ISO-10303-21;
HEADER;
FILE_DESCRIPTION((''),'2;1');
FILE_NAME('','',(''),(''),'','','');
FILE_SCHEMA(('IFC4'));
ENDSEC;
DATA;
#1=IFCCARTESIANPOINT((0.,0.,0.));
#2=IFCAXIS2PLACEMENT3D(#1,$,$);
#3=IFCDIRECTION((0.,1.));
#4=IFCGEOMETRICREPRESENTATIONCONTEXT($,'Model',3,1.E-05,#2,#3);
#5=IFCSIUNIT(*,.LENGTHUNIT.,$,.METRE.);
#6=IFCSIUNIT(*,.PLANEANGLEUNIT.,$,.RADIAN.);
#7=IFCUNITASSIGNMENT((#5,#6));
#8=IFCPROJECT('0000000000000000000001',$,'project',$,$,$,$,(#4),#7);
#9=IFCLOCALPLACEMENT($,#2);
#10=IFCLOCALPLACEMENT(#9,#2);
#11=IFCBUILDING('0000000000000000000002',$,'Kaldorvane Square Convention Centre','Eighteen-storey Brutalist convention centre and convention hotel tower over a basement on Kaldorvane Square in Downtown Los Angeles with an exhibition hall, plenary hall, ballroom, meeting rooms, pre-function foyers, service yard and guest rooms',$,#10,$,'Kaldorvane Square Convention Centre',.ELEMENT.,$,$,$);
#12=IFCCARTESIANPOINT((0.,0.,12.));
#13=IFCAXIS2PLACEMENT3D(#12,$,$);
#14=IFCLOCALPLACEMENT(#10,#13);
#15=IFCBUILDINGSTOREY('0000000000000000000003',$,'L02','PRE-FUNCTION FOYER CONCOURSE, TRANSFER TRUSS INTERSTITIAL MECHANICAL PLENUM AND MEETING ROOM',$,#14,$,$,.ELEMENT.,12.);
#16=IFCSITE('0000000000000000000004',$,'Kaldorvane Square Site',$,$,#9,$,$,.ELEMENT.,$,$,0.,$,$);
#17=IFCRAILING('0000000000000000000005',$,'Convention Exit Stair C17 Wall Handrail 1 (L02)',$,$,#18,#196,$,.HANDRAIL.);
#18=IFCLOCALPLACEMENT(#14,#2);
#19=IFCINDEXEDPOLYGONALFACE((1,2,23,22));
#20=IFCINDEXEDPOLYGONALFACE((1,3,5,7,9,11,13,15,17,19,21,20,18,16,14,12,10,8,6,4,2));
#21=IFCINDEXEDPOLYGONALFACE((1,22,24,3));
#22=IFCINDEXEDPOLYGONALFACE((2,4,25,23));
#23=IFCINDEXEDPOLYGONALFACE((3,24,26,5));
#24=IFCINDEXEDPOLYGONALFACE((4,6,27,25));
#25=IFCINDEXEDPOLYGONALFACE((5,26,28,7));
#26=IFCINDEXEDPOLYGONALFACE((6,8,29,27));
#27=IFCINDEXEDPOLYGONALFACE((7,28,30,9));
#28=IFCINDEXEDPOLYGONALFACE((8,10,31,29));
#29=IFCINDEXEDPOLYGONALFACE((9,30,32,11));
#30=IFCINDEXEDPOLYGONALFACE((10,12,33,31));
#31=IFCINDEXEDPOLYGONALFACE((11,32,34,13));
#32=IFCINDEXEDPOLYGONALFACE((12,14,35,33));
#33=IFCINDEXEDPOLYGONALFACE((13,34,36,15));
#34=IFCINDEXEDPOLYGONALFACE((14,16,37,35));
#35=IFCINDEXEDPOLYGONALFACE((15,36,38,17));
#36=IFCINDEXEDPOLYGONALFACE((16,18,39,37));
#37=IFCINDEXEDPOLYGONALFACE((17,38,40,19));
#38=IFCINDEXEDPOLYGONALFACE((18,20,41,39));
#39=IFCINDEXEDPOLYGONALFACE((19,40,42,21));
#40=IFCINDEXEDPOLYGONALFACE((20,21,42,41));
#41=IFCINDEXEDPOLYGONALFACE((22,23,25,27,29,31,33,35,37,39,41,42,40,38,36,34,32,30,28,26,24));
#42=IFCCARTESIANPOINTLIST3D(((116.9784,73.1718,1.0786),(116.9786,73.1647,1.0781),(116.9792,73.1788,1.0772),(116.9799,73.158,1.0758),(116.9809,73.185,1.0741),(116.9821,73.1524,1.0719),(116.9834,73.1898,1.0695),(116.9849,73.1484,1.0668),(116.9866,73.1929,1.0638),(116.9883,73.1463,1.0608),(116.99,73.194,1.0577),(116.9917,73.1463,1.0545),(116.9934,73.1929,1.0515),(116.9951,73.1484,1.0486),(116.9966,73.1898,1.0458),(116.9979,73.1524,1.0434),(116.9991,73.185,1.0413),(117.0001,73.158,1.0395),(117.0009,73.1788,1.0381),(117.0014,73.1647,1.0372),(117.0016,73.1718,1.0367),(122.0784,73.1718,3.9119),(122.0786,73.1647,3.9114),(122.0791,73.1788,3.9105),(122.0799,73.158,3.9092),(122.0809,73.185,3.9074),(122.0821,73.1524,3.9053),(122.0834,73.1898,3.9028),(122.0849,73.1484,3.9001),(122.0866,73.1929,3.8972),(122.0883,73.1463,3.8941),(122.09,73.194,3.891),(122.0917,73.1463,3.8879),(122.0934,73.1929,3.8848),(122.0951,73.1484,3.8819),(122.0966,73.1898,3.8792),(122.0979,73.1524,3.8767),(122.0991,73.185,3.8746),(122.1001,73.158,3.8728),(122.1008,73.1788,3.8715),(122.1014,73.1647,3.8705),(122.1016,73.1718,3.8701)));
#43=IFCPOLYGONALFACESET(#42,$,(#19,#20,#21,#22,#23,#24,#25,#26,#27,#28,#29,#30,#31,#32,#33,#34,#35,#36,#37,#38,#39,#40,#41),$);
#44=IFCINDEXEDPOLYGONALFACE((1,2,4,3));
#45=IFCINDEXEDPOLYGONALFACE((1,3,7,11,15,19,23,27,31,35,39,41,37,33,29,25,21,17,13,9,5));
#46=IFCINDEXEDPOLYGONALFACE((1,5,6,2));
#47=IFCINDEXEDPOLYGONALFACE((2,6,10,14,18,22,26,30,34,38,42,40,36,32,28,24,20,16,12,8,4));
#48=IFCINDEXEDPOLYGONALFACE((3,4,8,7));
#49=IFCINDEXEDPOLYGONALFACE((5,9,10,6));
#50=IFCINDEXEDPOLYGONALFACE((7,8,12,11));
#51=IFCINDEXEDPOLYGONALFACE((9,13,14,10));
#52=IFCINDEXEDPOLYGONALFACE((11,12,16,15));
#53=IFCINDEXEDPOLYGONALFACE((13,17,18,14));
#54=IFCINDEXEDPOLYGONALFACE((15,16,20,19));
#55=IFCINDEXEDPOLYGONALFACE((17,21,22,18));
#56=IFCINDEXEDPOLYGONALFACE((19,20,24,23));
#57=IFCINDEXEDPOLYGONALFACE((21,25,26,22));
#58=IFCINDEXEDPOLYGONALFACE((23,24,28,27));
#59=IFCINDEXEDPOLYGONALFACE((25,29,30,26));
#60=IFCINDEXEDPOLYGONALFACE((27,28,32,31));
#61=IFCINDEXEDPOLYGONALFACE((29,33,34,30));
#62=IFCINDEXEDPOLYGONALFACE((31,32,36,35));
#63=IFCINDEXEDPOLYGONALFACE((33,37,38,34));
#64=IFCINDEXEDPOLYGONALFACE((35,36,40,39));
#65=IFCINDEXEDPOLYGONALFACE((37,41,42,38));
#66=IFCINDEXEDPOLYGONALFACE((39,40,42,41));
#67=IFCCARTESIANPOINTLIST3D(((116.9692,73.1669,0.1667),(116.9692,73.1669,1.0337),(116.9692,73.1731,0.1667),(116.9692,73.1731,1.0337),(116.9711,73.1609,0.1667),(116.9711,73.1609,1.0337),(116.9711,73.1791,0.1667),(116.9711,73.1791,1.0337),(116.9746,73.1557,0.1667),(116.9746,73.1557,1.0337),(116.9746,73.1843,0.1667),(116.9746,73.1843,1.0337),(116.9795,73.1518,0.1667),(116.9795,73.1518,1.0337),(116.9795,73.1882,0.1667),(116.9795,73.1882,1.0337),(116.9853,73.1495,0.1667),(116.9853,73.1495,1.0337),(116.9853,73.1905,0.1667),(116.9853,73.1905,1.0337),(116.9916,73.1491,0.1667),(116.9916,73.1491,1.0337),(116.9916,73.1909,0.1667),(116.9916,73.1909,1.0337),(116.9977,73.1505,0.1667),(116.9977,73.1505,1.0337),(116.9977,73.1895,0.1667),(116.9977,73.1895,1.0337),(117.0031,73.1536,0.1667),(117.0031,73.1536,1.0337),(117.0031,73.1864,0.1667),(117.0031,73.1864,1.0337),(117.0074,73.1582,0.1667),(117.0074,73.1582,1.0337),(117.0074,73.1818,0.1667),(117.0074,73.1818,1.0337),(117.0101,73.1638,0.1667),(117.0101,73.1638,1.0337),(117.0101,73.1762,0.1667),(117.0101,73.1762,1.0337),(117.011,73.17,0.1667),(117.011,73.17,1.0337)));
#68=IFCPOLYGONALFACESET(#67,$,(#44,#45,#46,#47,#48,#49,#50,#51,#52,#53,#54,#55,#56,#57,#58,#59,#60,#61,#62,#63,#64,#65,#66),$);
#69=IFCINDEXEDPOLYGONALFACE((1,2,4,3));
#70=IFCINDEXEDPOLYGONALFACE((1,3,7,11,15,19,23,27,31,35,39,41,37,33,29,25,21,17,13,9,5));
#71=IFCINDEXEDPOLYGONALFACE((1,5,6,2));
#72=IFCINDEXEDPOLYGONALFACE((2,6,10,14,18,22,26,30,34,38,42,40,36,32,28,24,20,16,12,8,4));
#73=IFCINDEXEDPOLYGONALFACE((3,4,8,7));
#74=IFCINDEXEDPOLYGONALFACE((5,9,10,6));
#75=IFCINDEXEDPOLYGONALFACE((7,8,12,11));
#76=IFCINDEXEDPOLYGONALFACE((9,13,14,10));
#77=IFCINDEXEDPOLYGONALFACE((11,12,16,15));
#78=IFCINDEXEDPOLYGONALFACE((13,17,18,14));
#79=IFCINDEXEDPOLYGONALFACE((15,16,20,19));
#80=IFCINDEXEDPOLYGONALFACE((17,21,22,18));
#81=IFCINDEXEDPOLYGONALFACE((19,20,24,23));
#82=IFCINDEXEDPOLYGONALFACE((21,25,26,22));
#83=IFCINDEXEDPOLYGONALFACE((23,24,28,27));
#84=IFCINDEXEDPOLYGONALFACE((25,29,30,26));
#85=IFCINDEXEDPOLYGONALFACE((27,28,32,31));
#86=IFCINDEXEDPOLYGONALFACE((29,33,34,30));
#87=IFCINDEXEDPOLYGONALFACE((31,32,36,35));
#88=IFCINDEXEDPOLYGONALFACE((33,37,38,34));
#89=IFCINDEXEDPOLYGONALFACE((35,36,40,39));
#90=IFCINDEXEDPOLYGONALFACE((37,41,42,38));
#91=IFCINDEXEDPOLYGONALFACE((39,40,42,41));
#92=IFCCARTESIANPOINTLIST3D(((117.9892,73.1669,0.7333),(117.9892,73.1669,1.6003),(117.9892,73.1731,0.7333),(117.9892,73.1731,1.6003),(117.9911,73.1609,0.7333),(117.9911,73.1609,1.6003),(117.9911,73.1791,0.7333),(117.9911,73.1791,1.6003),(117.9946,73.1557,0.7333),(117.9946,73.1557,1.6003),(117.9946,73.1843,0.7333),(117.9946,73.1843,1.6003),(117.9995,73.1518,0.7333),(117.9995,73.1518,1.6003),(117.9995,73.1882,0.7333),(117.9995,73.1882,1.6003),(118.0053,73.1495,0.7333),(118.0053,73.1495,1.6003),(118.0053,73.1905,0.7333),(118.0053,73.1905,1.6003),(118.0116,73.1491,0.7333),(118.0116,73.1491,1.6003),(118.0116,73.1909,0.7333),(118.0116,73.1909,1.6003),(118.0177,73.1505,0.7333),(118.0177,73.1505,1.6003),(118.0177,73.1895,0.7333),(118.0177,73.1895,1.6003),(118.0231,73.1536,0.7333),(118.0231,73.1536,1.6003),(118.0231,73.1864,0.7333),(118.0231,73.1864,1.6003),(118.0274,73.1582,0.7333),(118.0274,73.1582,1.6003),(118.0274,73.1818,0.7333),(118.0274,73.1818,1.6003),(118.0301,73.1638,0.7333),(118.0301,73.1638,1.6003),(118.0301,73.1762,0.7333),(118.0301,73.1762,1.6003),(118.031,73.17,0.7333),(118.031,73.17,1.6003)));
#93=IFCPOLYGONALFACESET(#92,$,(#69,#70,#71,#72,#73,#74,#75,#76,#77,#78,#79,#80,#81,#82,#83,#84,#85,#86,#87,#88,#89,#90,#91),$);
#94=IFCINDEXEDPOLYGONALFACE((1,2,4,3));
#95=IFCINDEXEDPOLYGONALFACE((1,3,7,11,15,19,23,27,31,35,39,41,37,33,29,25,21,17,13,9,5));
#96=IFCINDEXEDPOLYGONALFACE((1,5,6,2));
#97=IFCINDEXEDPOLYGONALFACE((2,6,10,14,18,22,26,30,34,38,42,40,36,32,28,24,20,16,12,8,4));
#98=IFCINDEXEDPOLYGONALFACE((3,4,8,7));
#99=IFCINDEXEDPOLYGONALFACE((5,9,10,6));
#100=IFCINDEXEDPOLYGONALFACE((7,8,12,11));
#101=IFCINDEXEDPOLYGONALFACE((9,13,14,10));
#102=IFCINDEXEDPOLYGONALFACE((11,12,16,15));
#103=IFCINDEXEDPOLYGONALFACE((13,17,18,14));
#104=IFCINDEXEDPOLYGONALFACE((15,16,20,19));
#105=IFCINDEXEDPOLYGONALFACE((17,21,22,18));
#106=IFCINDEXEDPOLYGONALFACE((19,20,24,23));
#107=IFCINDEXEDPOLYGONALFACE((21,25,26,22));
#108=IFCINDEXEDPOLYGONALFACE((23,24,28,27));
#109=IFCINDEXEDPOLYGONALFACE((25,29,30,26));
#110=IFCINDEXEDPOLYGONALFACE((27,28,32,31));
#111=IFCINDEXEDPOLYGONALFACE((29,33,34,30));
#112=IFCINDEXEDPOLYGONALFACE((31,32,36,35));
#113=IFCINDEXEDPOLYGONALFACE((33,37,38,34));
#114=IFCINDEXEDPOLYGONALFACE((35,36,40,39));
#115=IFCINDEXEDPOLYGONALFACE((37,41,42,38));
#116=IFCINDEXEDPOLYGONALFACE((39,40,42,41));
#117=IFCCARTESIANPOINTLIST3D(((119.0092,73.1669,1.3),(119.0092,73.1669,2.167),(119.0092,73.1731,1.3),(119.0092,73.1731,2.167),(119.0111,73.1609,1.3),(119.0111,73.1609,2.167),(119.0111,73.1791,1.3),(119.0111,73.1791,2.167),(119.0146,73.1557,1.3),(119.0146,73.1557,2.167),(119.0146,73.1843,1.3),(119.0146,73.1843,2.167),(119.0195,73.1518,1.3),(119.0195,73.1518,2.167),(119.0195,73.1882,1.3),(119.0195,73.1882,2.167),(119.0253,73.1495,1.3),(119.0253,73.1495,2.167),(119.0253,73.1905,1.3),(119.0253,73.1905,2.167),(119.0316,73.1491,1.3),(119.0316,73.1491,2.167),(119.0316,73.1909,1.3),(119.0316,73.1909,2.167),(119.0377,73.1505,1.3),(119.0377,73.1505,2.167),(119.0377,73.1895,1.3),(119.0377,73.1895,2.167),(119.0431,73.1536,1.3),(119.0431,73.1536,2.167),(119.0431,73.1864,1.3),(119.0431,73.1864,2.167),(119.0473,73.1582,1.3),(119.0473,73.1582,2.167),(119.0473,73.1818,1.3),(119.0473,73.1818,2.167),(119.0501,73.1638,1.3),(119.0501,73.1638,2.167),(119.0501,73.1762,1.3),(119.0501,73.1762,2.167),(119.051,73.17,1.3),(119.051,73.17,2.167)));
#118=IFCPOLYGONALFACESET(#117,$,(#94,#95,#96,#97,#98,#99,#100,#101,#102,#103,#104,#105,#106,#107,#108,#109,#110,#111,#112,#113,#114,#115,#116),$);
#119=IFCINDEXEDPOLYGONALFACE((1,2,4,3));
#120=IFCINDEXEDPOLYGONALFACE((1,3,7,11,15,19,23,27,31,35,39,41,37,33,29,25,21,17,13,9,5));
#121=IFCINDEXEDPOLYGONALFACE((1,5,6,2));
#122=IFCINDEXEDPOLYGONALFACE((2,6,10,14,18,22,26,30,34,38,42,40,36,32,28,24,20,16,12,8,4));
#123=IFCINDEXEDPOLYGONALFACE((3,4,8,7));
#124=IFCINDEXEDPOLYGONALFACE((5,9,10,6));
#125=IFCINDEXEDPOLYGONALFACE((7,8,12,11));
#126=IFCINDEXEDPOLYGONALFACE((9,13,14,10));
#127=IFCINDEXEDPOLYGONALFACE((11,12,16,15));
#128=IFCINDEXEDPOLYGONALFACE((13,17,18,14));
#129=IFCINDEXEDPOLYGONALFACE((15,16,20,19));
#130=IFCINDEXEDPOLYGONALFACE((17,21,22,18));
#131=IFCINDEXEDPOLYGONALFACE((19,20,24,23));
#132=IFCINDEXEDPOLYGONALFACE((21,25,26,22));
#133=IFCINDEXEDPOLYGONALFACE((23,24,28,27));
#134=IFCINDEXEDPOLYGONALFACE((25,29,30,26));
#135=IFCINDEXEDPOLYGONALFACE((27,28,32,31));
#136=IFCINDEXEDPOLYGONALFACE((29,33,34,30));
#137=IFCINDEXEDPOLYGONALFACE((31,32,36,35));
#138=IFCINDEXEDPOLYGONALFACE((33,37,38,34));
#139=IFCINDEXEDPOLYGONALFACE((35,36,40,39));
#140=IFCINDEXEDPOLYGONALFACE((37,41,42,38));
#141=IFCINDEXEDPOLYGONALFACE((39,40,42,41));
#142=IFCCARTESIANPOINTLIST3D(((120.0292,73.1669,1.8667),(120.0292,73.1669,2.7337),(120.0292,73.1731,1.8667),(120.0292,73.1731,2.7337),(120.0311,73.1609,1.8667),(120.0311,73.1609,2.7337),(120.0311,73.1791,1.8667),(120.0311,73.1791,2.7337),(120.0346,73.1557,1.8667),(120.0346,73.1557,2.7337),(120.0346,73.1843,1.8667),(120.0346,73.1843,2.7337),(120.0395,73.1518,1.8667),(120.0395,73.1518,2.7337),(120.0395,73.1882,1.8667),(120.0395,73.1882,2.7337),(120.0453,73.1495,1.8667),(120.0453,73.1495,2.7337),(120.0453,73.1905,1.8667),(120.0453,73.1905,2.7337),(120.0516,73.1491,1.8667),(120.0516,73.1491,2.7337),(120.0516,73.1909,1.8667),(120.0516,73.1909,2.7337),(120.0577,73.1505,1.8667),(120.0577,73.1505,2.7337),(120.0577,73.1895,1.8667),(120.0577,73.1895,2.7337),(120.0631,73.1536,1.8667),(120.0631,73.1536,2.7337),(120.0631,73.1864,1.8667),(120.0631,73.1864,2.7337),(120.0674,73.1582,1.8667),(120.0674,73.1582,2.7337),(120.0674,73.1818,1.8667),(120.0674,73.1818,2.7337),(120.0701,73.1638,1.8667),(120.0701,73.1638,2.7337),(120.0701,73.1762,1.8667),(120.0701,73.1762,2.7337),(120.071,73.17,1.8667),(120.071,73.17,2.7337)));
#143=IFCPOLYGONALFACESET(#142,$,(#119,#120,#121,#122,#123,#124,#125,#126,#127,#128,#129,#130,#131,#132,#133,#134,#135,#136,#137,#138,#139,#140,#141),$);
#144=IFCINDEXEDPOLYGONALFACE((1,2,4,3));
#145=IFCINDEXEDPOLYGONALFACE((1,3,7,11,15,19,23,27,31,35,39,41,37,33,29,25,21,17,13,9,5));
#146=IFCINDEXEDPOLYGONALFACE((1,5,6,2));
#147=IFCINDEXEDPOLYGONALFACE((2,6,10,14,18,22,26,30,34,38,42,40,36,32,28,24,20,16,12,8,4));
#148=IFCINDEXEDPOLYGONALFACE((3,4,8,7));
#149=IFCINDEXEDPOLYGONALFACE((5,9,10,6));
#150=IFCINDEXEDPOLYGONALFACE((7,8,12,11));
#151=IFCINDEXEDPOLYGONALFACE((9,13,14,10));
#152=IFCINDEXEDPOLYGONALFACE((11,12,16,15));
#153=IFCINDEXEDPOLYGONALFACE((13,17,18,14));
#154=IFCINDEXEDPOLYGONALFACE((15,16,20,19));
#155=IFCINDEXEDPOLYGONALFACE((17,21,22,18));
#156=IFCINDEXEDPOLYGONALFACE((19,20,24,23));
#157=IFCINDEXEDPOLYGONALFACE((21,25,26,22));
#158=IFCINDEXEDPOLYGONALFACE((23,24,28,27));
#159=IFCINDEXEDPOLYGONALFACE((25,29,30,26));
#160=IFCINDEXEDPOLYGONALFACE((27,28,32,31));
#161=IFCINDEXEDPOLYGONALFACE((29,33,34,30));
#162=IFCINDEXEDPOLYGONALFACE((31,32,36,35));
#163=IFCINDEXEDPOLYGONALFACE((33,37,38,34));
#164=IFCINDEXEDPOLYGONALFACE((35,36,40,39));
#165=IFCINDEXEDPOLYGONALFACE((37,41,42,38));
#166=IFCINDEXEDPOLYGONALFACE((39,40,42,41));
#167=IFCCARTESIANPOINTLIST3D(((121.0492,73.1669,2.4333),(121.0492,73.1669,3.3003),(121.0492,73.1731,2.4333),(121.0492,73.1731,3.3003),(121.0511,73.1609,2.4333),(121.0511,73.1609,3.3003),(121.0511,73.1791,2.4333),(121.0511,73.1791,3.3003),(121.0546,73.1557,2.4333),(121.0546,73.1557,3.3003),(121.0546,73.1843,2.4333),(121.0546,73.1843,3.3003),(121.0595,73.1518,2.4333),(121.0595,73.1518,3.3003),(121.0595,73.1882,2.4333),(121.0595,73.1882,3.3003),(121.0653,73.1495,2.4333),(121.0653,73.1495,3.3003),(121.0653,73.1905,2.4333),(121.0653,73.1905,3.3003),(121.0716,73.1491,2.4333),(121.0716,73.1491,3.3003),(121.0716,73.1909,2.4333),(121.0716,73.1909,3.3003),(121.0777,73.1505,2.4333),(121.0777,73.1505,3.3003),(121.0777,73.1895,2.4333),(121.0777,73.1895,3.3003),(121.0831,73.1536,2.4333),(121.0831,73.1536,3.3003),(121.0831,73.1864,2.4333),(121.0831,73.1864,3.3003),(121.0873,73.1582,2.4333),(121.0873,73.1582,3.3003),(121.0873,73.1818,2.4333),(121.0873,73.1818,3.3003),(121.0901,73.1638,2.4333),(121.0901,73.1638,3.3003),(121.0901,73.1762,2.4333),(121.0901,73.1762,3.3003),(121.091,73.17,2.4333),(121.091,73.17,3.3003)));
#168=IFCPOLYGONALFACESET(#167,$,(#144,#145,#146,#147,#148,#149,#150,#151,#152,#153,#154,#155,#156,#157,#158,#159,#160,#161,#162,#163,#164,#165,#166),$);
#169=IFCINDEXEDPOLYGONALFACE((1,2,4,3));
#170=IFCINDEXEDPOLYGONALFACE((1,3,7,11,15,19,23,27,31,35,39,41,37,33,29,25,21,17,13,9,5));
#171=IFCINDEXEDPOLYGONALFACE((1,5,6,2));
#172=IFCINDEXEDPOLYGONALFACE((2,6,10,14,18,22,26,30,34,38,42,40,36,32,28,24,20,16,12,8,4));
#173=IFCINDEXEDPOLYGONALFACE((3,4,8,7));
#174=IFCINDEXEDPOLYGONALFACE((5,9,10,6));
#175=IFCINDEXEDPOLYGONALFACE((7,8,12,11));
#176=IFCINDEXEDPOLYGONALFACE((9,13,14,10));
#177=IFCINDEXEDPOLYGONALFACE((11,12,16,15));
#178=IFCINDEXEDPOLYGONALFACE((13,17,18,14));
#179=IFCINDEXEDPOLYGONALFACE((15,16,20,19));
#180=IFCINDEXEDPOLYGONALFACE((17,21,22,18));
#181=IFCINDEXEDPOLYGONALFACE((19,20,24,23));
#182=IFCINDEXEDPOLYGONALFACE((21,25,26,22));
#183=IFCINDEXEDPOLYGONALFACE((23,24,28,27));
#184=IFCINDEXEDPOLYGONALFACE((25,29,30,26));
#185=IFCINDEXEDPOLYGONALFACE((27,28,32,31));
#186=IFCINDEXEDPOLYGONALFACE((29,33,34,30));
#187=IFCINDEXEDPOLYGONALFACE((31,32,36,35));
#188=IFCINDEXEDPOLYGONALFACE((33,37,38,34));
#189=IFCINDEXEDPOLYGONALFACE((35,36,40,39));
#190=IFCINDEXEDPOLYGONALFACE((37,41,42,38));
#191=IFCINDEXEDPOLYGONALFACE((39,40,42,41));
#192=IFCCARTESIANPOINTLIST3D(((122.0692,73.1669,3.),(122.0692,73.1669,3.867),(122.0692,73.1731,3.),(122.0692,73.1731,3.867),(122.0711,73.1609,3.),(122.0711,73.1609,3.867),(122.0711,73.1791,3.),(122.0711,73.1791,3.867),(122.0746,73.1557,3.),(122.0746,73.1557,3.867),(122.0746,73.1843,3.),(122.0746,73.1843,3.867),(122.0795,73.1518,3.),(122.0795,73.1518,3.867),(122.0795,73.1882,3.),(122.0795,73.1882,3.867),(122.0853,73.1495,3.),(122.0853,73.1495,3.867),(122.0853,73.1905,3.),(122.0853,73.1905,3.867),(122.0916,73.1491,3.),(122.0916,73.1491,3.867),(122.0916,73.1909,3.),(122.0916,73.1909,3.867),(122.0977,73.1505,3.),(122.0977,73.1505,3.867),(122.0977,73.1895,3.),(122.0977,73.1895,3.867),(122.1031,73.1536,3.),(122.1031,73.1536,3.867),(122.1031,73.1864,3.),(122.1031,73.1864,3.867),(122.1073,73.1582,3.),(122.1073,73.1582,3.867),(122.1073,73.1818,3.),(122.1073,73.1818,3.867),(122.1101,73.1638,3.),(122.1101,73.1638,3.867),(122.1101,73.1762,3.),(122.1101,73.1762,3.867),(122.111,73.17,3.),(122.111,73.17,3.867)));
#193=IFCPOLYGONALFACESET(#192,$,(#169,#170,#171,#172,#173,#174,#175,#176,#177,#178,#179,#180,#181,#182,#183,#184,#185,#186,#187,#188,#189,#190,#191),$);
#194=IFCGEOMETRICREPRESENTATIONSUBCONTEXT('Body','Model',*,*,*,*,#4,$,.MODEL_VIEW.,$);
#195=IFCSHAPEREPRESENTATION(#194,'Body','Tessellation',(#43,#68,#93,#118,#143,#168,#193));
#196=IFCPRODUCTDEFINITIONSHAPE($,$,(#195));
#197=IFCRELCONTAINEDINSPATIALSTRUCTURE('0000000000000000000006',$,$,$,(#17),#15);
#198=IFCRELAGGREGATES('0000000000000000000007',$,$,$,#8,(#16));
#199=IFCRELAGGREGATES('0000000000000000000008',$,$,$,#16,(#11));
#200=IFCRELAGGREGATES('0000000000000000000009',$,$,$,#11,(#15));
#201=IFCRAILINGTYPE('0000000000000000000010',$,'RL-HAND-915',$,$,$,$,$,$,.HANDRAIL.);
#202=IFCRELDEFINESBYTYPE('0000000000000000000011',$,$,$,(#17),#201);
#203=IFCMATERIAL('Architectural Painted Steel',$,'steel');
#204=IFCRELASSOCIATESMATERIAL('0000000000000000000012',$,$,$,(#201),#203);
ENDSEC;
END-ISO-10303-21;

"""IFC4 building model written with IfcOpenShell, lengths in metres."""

from ifc_helpers import new_model, si_unit, direction, frame, origin, origin_2d, place, context, subcontext, project, spatial, circle, extrude, material, type_object, element, save


model = new_model("IFC4")

# Units and contexts
model_context = context("Model", 3, precision=1e-05, world=origin(), true_north=direction((0.0, 1.0)))
body_context = subcontext(model_context, "Body", "Model", "MODEL_VIEW")
ifc_project = project(units=[si_unit("LENGTHUNIT", "METRE"), si_unit("PLANEANGLEUNIT", "RADIAN")], contexts=[model_context])

# Site, building, storey
site_placement = place(None, origin())
site = spatial("IfcSite", under=ifc_project, at=site_placement, Name="Kaldorvane Square Site", CompositionType="ELEMENT", RefElevation=0.0)
building_placement = place(site_placement, origin())
building = spatial("IfcBuilding", under=site, at=building_placement, Name="Kaldorvane Square Convention Centre", Description="Eighteen-storey Brutalist convention centre and convention hotel tower over a basement on Kaldorvane Square in Downtown Los Angeles with an exhibition hall, plenary hall, ballroom, meeting rooms, pre-function foyers, service yard and guest rooms", LongName="Kaldorvane Square Convention Centre", CompositionType="ELEMENT")
storey_placement = place(building_placement, frame((0.0, 0.0, 12.0)))
storey = spatial("IfcBuildingStorey", under=building, at=storey_placement, Name="L02", Description="PRE-FUNCTION FOYER CONCOURSE, TRANSFER TRUSS INTERSTITIAL MECHANICAL PLENUM AND MEETING ROOM", CompositionType="ELEMENT", Elevation=12.0)

# Railing
ifc_material_1 = material(Name="Architectural Painted Steel", Category="steel")
railing_type_1 = type_object("IfcRailingType", Name="RL-HAND-915", PredefinedType="HANDRAIL", material=ifc_material_1)
railing_1_placement = place(storey_placement, frame((116.99, 73.17, 0.1667)))
element("IfcRailing", 1, at=railing_1_placement, inside=storey, type_object=railing_type_1, Name="Convention Exit Stair C17 Wall Handrail 1 (L02)", PredefinedType="HANDRAIL", context=body_context, shape_type="SweptSolid", body=[
    extrude(circle(Radius=0.024, at=origin_2d()), frame((0.0, 0.0, 0.891), z_axis=(0.874157, 0.0, 0.485643), x_axis=(0.0, 1.0, 0.0)), (0.0, 0.0, 1.0), 5.8342),
    extrude(circle(Radius=0.021, at=origin_2d()), origin(), (0.0, 0.0, 1.0), 0.867),
    extrude(circle(Radius=0.021, at=origin_2d()), frame((1.02, 0.0, 0.5667)), (0.0, 0.0, 1.0), 0.867),
    extrude(circle(Radius=0.021, at=origin_2d()), frame((2.04, 0.0, 1.1333)), (0.0, 0.0, 1.0), 0.867),
    extrude(circle(Radius=0.021, at=origin_2d()), frame((3.06, 0.0, 1.7)), (0.0, 0.0, 1.0), 0.867),
    extrude(circle(Radius=0.021, at=origin_2d()), frame((4.08, 0.0, 2.2667)), (0.0, 0.0, 1.0), 0.867),
    extrude(circle(Radius=0.021, at=origin_2d()), frame((5.1, 0.0, 2.8333)), (0.0, 0.0, 1.0), 0.867),
])

save(model, "model.ifc")
